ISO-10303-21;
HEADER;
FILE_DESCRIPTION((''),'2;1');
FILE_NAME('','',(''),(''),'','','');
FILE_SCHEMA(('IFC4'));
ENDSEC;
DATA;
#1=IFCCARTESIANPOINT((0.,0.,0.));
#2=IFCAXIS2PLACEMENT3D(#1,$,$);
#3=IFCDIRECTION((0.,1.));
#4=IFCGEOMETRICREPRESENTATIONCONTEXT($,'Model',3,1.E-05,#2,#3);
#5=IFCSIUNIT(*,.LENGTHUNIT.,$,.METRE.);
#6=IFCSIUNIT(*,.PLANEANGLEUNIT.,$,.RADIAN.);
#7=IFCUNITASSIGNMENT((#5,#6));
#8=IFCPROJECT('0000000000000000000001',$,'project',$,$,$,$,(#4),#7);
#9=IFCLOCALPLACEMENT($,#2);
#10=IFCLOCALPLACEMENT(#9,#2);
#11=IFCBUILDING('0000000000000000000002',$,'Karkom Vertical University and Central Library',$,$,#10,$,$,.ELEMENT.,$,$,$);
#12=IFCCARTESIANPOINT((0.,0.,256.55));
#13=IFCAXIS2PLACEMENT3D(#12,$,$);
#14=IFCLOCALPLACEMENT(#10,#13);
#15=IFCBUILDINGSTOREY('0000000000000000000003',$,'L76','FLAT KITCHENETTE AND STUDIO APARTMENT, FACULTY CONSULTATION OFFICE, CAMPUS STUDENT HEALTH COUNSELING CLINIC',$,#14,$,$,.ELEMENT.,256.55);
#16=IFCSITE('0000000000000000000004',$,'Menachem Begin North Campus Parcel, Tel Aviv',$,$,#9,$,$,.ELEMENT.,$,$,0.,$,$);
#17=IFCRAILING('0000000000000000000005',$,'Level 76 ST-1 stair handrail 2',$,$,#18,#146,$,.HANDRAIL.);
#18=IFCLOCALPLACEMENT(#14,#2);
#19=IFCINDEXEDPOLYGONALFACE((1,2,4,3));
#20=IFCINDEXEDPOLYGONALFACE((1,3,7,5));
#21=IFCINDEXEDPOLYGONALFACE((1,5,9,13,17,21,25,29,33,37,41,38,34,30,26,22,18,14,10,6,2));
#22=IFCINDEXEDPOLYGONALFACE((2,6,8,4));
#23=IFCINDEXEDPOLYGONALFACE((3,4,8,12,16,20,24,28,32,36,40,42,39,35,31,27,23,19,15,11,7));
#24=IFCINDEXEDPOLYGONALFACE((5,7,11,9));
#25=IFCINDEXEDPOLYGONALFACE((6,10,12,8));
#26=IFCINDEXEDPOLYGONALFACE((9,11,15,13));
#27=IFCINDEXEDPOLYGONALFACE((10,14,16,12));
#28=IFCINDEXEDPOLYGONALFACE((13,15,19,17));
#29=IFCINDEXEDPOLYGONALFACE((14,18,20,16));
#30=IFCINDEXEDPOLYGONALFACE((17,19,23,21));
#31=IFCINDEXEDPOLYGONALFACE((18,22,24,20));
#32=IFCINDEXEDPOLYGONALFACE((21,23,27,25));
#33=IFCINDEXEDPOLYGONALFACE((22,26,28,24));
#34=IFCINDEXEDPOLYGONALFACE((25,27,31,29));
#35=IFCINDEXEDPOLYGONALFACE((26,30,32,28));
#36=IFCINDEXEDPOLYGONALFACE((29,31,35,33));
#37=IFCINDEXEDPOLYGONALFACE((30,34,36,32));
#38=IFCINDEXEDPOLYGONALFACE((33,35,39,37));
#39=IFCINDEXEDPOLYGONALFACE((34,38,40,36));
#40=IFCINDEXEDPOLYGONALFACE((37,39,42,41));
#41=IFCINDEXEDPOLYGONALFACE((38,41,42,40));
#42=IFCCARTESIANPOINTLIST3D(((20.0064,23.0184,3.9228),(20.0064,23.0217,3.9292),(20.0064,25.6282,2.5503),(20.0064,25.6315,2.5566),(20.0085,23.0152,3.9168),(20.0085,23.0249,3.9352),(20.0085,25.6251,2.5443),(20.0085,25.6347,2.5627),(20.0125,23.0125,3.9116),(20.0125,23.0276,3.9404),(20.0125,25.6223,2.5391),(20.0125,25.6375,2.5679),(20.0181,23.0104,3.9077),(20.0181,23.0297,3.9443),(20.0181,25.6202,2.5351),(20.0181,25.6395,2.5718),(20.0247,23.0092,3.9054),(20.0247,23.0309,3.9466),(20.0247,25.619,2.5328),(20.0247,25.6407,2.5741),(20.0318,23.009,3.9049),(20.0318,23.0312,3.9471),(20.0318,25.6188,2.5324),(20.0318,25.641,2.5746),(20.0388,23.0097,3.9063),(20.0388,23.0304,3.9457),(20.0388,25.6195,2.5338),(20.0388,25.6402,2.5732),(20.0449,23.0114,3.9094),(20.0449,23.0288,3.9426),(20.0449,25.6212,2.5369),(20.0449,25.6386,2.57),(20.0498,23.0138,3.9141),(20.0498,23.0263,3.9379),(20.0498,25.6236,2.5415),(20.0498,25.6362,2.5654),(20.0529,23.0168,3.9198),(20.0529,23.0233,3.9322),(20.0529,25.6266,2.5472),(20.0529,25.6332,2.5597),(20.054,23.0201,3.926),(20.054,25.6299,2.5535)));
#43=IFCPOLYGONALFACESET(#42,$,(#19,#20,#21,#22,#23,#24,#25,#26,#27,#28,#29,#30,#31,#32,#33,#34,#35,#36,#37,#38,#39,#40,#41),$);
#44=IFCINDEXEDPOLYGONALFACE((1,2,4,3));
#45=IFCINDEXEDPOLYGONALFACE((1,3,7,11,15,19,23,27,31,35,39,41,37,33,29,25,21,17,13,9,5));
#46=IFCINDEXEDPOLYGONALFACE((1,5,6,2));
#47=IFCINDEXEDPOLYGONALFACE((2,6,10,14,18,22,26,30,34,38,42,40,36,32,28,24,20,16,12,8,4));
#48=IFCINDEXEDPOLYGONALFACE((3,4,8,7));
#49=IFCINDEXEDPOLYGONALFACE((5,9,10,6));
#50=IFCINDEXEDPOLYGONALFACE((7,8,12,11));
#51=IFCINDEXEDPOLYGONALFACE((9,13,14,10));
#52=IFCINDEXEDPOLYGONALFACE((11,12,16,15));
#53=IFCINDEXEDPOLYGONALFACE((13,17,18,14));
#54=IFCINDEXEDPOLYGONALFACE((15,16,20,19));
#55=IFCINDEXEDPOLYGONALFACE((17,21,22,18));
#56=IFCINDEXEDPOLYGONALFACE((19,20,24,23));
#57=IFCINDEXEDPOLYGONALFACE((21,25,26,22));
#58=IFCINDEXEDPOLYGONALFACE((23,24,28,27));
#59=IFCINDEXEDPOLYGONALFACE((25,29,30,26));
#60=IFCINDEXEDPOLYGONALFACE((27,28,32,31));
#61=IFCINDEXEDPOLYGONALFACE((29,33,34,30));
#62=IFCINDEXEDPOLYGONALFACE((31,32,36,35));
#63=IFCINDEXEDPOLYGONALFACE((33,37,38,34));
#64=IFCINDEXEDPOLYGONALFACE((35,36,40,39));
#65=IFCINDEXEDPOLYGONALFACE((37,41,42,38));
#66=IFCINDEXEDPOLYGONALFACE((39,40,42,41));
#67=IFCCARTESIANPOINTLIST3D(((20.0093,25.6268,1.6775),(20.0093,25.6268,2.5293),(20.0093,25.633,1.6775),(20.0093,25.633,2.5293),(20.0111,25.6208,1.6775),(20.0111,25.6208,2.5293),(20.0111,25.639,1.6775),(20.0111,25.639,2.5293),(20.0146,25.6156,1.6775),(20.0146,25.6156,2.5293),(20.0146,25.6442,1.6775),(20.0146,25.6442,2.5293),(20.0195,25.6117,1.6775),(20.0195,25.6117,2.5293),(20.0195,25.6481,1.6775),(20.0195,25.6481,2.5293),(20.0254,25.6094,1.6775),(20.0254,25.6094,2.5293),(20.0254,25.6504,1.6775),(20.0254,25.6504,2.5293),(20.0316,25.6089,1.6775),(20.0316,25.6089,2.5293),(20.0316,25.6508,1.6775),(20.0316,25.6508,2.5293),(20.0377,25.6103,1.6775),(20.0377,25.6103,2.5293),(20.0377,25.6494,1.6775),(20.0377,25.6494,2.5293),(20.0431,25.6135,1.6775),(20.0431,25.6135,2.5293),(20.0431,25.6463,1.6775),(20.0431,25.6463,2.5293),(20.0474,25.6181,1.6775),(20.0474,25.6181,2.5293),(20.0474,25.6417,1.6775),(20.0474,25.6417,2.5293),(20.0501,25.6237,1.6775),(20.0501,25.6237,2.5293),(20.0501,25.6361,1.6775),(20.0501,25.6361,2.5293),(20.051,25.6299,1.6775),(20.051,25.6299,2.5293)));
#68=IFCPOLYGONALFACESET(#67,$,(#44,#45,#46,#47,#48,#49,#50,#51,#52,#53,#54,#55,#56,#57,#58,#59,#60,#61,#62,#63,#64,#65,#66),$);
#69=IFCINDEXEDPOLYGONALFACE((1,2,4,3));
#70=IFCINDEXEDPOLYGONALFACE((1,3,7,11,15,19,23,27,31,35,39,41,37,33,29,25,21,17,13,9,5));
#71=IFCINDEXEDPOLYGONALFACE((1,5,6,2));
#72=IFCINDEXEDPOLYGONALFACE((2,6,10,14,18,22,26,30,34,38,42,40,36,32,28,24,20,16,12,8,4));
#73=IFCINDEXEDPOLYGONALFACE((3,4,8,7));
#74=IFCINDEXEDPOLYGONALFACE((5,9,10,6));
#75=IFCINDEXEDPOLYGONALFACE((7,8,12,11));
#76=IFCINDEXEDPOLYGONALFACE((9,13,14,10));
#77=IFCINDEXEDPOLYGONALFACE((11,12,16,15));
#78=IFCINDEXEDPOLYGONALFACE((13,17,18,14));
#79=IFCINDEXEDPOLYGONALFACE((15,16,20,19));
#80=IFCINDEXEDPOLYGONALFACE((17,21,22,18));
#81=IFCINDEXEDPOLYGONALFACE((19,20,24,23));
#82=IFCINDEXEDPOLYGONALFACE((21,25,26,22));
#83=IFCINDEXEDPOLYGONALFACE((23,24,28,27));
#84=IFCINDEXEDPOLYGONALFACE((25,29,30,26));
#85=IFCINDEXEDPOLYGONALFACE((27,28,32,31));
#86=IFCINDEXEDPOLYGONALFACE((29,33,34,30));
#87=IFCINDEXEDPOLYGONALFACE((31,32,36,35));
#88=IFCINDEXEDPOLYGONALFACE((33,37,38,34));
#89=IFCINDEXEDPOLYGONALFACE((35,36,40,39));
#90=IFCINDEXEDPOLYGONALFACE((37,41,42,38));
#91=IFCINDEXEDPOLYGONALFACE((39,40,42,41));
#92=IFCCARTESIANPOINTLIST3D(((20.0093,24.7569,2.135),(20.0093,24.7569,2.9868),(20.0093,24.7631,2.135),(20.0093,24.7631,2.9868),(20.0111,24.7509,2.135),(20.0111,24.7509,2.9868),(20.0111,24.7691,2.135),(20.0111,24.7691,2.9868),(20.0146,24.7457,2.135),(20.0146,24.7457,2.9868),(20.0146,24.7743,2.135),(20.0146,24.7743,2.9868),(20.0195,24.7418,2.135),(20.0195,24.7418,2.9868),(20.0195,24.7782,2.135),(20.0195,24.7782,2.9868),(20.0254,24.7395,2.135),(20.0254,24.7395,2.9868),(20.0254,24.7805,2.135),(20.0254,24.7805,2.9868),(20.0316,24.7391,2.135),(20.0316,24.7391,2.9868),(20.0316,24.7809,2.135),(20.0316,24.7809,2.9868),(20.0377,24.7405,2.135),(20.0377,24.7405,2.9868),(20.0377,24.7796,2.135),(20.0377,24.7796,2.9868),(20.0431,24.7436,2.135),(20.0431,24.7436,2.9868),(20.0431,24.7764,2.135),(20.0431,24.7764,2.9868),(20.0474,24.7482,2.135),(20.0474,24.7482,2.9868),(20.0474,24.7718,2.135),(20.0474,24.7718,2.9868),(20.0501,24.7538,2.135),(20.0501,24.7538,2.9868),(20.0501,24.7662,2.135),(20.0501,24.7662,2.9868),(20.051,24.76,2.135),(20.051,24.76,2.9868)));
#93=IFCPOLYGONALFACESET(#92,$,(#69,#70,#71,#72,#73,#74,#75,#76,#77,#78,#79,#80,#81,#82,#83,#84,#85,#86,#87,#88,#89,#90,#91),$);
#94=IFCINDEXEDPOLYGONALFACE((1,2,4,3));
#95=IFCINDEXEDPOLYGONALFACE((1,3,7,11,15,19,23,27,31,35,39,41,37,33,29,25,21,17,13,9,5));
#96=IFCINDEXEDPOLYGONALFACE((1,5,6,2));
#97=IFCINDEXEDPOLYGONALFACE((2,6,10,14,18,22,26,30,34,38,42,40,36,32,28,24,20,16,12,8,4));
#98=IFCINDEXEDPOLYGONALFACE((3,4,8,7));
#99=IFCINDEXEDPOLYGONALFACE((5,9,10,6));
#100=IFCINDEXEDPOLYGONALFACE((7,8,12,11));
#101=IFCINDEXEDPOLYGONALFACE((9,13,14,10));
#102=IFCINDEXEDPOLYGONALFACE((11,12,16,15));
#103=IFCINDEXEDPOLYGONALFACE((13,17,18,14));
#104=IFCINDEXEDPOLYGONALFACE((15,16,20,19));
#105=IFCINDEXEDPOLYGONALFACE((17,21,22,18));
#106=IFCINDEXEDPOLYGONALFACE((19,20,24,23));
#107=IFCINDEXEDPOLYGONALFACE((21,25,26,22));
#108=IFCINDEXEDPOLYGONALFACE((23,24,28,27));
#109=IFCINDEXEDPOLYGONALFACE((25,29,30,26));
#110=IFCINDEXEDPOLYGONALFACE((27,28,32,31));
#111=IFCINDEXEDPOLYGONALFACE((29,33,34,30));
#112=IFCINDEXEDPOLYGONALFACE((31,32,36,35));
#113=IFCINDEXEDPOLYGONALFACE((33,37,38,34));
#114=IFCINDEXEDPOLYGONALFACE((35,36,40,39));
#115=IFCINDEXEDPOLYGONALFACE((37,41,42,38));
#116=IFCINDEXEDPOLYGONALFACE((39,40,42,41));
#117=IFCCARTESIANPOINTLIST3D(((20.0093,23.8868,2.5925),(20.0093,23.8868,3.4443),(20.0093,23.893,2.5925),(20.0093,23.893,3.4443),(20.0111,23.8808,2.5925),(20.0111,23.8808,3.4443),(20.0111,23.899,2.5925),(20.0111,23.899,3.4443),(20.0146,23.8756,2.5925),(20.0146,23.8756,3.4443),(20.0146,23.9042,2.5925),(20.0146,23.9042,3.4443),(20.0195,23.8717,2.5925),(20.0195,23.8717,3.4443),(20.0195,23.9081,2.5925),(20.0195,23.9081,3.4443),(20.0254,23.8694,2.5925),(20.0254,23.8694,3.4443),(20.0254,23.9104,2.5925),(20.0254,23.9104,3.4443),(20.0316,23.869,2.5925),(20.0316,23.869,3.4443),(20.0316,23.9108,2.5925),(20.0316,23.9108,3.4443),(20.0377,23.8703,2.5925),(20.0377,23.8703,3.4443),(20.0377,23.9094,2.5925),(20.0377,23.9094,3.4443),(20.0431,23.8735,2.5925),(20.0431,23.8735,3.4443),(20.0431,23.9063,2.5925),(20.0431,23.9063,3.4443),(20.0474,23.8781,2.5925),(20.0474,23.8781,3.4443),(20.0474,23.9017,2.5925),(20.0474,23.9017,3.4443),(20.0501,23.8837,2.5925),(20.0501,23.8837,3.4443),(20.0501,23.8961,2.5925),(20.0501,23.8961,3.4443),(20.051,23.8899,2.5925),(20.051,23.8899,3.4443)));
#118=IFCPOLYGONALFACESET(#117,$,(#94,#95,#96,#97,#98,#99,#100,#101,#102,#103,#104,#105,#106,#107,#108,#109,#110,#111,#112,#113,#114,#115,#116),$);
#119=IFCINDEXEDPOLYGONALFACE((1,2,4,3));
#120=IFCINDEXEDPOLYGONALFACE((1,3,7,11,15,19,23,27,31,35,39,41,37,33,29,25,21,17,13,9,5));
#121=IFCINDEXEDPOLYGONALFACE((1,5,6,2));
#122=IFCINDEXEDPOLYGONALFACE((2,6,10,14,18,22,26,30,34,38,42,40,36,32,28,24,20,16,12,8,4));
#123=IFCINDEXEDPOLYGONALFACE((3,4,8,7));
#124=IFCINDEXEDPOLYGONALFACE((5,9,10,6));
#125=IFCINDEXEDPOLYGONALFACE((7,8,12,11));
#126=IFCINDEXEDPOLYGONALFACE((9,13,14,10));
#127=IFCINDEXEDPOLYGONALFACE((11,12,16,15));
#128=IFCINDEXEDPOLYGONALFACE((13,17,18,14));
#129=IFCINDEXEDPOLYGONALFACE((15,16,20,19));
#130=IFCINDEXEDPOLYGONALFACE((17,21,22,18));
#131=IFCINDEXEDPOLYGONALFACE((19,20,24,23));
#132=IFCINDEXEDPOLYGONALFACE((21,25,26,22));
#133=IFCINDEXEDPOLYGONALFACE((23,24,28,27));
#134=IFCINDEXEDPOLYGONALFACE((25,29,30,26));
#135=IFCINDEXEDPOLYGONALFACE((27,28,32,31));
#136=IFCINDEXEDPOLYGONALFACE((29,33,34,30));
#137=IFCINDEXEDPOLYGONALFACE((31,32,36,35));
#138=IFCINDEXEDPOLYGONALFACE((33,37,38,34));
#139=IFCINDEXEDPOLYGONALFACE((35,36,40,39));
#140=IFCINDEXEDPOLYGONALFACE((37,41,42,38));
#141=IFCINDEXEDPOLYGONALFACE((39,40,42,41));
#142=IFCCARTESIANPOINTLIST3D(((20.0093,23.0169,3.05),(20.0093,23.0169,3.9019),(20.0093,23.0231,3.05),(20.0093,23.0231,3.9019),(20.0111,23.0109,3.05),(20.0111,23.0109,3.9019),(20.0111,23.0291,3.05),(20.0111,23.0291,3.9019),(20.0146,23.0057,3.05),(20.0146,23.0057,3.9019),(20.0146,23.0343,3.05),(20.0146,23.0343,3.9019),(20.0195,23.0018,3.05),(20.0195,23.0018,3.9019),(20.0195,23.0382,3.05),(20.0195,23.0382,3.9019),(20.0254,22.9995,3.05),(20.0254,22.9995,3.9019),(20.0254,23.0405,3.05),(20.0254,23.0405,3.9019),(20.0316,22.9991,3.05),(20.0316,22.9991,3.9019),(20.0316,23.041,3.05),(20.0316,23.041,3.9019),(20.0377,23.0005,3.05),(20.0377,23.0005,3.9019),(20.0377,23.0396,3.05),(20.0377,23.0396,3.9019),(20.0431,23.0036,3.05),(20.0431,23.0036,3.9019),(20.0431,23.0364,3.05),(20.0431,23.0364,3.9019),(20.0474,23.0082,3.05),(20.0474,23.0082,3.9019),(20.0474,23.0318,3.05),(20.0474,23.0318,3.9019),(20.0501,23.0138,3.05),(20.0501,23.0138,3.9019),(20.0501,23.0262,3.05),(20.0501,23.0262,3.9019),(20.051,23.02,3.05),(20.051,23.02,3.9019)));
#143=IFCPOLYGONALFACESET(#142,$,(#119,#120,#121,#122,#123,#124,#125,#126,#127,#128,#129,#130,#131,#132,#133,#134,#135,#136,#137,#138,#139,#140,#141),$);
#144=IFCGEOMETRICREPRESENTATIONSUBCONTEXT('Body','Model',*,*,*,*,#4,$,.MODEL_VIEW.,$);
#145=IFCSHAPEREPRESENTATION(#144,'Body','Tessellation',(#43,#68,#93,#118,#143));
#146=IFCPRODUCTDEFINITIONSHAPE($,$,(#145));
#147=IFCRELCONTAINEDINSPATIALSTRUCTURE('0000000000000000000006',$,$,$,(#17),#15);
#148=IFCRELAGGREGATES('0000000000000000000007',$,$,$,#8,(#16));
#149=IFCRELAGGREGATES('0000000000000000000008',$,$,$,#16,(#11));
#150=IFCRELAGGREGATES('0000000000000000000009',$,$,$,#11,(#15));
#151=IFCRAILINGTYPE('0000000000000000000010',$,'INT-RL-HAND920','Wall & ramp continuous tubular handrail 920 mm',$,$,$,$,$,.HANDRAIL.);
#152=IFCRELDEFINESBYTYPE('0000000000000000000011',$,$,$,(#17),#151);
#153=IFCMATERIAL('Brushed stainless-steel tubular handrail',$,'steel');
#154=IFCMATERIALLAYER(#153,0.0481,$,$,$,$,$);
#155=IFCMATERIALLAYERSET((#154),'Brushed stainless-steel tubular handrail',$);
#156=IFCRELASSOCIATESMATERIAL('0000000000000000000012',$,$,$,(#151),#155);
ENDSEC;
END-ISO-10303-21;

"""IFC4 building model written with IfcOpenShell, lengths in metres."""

from ifc_helpers import new_model, si_unit, direction, frame, origin, origin_2d, place, context, subcontext, project, spatial, circle, extrude, material, layer, layer_set, type_object, element, save


model = new_model("IFC4")

# Units and contexts
model_context = context("Model", 3, precision=1e-05, world=origin(), true_north=direction((0.0, 1.0)))
body_context = subcontext(model_context, "Body", "Model", "MODEL_VIEW")
ifc_project = project(units=[si_unit("LENGTHUNIT", "METRE"), si_unit("PLANEANGLEUNIT", "RADIAN")], contexts=[model_context])

# Site, building, storey
site_placement = place(None, origin())
site = spatial("IfcSite", under=ifc_project, at=site_placement, Name="Menachem Begin North Campus Parcel, Tel Aviv", CompositionType="ELEMENT", RefElevation=0.0)
building_placement = place(site_placement, origin())
building = spatial("IfcBuilding", under=site, at=building_placement, Name="Karkom Vertical University and Central Library", CompositionType="ELEMENT")
storey_placement = place(building_placement, frame((0.0, 0.0, 256.55)))
storey = spatial("IfcBuildingStorey", under=building, at=storey_placement, Name="L76", Description="FLAT KITCHENETTE AND STUDIO APARTMENT, FACULTY CONSULTATION OFFICE, CAMPUS STUDENT HEALTH COUNSELING CLINIC", CompositionType="ELEMENT", Elevation=256.55)

# Railing
ifc_material_1 = material(Name="Brushed stainless-steel tubular handrail", Category="steel")
ifc_layer_1 = layer(ifc_material_1, 0.0481)
ifc_layer_set_1 = layer_set([ifc_layer_1], Name="Brushed stainless-steel tubular handrail")
railing_type_1 = type_object("IfcRailingType", Name="INT-RL-HAND920", Description="Wall & ramp continuous tubular handrail 920 mm", PredefinedType="HANDRAIL", material=ifc_layer_set_1)
railing_1_placement = place(storey_placement, frame((20.03, 25.6299, 1.6775)))
element("IfcRailing", 1, at=railing_1_placement, inside=storey, type_object=railing_type_1, Name="Level 76 ST-1 stair handrail 2", PredefinedType="HANDRAIL", context=body_context, shape_type="SweptSolid", body=[
    extrude(circle(Radius=0.0239, at=origin_2d()), frame((0.0, 0.0, 0.876), z_axis=(0.0, -0.885065, 0.465467), x_axis=(1.0, 0.0, 0.0)), (0.0, 0.0, 1.0), 2.9487),
    extrude(circle(Radius=0.021, at=origin_2d()), origin(), (0.0, 0.0, 1.0), 0.8518),
    extrude(circle(Radius=0.021, at=origin_2d()), frame((0.0, -0.8699, 0.4575)), (0.0, 0.0, 1.0), 0.8518),
    extrude(circle(Radius=0.021, at=origin_2d()), frame((0.0, -1.74, 0.915)), (0.0, 0.0, 1.0), 0.8518),
    extrude(circle(Radius=0.021, at=origin_2d()), frame((0.0, -2.6099, 1.3726)), (0.0, 0.0, 1.0), 0.8518),
])

save(model, "model.ifc")
